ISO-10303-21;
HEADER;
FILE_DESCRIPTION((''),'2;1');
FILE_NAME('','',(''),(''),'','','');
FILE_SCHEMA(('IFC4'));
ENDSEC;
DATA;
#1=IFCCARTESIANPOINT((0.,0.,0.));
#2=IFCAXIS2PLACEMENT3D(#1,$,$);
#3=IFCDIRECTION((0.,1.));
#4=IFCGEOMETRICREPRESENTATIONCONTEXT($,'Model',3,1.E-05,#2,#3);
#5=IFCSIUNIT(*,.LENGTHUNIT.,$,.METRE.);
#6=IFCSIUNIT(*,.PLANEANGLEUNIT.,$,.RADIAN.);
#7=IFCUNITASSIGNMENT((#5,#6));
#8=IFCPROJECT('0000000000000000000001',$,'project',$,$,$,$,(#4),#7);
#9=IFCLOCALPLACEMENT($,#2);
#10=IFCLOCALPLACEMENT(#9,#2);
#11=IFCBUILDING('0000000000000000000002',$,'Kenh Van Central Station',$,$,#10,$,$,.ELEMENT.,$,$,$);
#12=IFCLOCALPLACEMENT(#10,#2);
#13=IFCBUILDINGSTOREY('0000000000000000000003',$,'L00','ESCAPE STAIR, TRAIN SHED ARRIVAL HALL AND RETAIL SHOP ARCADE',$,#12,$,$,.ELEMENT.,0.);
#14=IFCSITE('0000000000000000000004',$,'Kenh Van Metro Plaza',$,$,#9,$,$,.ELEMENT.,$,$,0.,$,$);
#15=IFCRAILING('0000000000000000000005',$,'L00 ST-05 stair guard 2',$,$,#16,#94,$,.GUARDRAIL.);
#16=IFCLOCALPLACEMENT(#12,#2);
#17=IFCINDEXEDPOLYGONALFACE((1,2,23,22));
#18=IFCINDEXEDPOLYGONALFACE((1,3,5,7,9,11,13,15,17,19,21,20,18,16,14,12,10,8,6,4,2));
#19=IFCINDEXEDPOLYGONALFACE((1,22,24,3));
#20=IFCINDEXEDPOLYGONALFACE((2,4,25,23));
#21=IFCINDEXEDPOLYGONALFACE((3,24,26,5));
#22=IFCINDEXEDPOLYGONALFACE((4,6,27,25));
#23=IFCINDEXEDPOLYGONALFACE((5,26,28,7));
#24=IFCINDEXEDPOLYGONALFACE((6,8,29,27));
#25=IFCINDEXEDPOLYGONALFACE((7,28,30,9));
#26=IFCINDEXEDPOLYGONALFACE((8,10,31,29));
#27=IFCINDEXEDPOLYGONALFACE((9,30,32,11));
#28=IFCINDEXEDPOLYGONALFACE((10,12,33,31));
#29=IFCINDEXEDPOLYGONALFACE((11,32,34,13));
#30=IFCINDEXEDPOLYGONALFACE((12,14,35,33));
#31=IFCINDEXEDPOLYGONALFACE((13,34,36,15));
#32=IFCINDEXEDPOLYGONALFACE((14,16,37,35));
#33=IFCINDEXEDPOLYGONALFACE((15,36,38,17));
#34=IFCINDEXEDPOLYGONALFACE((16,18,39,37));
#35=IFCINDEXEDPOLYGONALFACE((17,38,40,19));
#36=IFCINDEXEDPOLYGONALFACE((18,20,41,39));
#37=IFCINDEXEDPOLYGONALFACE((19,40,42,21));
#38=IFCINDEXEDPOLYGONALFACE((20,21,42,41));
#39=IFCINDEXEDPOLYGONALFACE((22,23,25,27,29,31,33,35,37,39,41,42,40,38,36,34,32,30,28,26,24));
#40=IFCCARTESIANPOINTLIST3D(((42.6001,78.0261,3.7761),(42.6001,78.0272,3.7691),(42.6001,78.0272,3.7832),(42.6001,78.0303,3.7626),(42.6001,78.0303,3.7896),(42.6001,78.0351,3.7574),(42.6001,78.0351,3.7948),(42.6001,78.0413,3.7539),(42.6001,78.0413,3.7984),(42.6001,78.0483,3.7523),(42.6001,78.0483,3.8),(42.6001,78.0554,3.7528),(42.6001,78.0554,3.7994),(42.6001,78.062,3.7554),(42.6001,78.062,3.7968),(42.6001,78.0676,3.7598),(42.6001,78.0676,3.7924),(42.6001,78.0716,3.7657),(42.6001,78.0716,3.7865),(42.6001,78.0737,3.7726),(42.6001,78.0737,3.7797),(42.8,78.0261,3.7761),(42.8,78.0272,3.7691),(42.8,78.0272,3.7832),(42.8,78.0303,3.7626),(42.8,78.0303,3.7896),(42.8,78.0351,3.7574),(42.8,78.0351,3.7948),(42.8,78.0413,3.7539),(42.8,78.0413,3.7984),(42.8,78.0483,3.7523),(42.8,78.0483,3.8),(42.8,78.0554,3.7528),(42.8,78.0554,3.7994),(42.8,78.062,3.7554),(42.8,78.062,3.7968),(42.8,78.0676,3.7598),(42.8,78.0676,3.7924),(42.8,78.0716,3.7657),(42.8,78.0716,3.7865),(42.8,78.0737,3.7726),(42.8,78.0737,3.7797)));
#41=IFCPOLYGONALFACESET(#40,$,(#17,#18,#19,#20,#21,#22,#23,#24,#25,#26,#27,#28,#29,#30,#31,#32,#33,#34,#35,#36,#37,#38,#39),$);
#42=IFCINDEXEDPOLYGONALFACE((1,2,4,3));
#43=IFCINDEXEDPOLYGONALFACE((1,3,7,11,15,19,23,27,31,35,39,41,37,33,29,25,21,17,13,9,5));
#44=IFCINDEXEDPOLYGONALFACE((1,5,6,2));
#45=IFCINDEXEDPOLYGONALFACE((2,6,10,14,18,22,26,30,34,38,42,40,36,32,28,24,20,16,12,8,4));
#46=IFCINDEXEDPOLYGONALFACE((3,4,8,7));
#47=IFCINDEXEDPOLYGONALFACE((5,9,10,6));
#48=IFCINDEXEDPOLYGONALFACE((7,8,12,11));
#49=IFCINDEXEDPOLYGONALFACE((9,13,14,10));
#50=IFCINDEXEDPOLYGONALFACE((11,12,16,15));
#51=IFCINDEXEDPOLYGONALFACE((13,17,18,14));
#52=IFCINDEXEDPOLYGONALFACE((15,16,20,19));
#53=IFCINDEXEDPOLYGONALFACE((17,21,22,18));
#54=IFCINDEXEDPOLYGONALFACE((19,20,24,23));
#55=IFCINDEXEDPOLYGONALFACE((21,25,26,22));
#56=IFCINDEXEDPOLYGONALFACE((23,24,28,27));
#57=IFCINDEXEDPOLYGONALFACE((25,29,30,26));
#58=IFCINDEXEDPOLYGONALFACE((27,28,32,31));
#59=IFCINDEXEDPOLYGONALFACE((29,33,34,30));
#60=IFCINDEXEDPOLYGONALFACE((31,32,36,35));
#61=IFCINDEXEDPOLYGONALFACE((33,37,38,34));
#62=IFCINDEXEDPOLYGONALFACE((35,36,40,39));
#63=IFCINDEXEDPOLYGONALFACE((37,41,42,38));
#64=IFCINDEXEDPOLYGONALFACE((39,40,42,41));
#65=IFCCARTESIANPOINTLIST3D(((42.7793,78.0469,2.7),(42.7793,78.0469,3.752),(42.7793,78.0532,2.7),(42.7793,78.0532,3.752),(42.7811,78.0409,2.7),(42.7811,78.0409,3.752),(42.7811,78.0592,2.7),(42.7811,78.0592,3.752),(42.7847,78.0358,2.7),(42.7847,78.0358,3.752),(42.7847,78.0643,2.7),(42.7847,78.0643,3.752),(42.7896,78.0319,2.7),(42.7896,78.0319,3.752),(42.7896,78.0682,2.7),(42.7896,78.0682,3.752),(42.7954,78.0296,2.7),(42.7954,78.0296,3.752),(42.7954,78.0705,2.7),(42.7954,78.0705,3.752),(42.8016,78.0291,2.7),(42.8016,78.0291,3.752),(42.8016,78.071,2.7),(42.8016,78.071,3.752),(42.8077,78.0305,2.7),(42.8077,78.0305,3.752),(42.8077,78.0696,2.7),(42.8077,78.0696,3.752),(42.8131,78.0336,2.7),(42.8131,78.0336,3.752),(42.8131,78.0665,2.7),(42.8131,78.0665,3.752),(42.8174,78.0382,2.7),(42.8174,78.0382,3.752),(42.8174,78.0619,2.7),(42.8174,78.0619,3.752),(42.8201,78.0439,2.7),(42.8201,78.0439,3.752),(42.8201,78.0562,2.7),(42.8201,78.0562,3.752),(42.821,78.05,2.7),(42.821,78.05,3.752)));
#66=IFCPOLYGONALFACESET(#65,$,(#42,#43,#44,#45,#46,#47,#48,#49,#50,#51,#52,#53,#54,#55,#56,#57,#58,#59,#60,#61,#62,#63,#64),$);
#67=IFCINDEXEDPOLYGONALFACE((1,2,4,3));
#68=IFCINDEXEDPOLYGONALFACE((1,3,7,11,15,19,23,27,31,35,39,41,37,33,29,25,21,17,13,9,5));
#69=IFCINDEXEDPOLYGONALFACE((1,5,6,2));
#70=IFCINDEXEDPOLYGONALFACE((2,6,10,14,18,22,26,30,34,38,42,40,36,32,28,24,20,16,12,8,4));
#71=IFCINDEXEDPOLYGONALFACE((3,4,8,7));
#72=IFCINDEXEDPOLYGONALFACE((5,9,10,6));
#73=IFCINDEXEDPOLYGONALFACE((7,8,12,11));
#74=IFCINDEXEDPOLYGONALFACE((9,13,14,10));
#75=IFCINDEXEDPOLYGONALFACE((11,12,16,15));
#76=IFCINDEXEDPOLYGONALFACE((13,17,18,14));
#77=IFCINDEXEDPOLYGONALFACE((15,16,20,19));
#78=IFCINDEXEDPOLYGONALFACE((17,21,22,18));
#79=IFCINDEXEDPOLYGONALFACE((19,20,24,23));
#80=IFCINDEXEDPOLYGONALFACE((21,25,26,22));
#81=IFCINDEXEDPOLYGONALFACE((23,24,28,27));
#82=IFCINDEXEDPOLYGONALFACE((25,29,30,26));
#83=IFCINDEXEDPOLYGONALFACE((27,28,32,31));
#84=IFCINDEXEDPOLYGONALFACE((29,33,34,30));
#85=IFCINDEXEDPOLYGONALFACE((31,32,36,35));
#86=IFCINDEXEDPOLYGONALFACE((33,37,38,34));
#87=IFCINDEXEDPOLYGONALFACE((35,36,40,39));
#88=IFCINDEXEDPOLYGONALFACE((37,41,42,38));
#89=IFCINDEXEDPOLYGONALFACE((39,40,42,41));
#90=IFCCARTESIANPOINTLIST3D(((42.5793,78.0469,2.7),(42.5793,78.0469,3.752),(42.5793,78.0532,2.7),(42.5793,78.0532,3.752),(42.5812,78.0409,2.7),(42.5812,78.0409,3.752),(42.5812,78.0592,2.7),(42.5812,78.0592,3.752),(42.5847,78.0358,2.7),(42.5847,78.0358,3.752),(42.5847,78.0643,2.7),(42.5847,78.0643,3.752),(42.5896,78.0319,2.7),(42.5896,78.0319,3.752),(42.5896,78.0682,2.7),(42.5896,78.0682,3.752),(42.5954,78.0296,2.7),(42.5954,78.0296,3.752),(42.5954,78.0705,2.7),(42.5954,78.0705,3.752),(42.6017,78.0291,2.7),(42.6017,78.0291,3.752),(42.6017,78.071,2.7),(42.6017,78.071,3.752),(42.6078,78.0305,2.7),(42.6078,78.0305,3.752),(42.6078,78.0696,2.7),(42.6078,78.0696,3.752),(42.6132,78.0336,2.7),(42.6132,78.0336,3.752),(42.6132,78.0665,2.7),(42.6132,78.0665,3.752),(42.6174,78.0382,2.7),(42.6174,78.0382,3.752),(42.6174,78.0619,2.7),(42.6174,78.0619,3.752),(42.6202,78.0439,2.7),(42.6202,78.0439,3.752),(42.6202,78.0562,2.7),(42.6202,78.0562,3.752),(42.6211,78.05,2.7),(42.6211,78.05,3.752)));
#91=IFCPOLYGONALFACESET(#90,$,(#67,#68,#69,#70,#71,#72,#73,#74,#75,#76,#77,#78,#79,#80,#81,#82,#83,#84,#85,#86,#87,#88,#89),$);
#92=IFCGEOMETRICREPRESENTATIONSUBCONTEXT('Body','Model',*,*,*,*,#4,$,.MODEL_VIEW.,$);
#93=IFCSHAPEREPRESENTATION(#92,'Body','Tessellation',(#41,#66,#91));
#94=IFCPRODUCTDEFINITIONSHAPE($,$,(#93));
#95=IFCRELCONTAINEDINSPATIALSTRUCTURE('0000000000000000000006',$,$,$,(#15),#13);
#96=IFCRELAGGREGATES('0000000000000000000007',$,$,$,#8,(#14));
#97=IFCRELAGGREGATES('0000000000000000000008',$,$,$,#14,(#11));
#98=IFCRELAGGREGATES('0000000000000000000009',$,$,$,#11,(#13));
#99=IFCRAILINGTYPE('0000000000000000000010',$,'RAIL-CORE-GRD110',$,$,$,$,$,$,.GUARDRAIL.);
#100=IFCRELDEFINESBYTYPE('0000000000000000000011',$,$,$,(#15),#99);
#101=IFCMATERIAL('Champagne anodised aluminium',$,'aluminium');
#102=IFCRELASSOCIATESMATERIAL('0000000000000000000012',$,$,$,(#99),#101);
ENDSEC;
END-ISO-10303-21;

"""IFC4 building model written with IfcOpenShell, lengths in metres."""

from ifc_helpers import new_model, si_unit, direction, frame, origin, origin_2d, place, context, subcontext, project, spatial, circle, extrude, material, type_object, element, save


model = new_model("IFC4")

# Units and contexts
model_context = context("Model", 3, precision=1e-05, world=origin(), true_north=direction((0.0, 1.0)))
body_context = subcontext(model_context, "Body", "Model", "MODEL_VIEW")
ifc_project = project(units=[si_unit("LENGTHUNIT", "METRE"), si_unit("PLANEANGLEUNIT", "RADIAN")], contexts=[model_context])

# Site, building, storey
site_placement = place(None, origin())
site = spatial("IfcSite", under=ifc_project, at=site_placement, Name="Kenh Van Metro Plaza", CompositionType="ELEMENT", RefElevation=0.0)
building_placement = place(site_placement, origin())
building = spatial("IfcBuilding", under=site, at=building_placement, Name="Kenh Van Central Station", CompositionType="ELEMENT")
storey_placement = place(building_placement, origin())
storey = spatial("IfcBuildingStorey", under=building, at=storey_placement, Name="L00", Description="ESCAPE STAIR, TRAIN SHED ARRIVAL HALL AND RETAIL SHOP ARCADE", CompositionType="ELEMENT", Elevation=0.0)

# Shared definitions
ifc_material_1 = material(Name="Champagne anodised aluminium", Category="aluminium")

# Railing
railing_type_1 = type_object("IfcRailingType", Name="RAIL-CORE-GRD110", PredefinedType="GUARDRAIL", material=ifc_material_1)
railing_1_placement = place(storey_placement, frame((42.8, 78.05, 2.7)))
element("IfcRailing", 1, at=railing_1_placement, inside=storey, type_object=railing_type_1, Name="L00 ST-05 stair guard 2", PredefinedType="GUARDRAIL", context=body_context, shape_type="SweptSolid", body=[
    extrude(circle(Radius=0.0239, at=origin_2d()), frame((0.0, 0.0, 1.0762), z_axis=(-1.0, 0.0, 0.0), x_axis=(0.0, -1.0, 0.0)), (0.0, 0.0, 1.0), 0.2),
    extrude(circle(Radius=0.021, at=origin_2d()), origin(), (0.0, 0.0, 1.0), 1.052),
    extrude(circle(Radius=0.021, at=origin_2d()), frame((-0.2, 0.0, 0.0)), (0.0, 0.0, 1.0), 1.052),
])

save(model, "model.ifc")
